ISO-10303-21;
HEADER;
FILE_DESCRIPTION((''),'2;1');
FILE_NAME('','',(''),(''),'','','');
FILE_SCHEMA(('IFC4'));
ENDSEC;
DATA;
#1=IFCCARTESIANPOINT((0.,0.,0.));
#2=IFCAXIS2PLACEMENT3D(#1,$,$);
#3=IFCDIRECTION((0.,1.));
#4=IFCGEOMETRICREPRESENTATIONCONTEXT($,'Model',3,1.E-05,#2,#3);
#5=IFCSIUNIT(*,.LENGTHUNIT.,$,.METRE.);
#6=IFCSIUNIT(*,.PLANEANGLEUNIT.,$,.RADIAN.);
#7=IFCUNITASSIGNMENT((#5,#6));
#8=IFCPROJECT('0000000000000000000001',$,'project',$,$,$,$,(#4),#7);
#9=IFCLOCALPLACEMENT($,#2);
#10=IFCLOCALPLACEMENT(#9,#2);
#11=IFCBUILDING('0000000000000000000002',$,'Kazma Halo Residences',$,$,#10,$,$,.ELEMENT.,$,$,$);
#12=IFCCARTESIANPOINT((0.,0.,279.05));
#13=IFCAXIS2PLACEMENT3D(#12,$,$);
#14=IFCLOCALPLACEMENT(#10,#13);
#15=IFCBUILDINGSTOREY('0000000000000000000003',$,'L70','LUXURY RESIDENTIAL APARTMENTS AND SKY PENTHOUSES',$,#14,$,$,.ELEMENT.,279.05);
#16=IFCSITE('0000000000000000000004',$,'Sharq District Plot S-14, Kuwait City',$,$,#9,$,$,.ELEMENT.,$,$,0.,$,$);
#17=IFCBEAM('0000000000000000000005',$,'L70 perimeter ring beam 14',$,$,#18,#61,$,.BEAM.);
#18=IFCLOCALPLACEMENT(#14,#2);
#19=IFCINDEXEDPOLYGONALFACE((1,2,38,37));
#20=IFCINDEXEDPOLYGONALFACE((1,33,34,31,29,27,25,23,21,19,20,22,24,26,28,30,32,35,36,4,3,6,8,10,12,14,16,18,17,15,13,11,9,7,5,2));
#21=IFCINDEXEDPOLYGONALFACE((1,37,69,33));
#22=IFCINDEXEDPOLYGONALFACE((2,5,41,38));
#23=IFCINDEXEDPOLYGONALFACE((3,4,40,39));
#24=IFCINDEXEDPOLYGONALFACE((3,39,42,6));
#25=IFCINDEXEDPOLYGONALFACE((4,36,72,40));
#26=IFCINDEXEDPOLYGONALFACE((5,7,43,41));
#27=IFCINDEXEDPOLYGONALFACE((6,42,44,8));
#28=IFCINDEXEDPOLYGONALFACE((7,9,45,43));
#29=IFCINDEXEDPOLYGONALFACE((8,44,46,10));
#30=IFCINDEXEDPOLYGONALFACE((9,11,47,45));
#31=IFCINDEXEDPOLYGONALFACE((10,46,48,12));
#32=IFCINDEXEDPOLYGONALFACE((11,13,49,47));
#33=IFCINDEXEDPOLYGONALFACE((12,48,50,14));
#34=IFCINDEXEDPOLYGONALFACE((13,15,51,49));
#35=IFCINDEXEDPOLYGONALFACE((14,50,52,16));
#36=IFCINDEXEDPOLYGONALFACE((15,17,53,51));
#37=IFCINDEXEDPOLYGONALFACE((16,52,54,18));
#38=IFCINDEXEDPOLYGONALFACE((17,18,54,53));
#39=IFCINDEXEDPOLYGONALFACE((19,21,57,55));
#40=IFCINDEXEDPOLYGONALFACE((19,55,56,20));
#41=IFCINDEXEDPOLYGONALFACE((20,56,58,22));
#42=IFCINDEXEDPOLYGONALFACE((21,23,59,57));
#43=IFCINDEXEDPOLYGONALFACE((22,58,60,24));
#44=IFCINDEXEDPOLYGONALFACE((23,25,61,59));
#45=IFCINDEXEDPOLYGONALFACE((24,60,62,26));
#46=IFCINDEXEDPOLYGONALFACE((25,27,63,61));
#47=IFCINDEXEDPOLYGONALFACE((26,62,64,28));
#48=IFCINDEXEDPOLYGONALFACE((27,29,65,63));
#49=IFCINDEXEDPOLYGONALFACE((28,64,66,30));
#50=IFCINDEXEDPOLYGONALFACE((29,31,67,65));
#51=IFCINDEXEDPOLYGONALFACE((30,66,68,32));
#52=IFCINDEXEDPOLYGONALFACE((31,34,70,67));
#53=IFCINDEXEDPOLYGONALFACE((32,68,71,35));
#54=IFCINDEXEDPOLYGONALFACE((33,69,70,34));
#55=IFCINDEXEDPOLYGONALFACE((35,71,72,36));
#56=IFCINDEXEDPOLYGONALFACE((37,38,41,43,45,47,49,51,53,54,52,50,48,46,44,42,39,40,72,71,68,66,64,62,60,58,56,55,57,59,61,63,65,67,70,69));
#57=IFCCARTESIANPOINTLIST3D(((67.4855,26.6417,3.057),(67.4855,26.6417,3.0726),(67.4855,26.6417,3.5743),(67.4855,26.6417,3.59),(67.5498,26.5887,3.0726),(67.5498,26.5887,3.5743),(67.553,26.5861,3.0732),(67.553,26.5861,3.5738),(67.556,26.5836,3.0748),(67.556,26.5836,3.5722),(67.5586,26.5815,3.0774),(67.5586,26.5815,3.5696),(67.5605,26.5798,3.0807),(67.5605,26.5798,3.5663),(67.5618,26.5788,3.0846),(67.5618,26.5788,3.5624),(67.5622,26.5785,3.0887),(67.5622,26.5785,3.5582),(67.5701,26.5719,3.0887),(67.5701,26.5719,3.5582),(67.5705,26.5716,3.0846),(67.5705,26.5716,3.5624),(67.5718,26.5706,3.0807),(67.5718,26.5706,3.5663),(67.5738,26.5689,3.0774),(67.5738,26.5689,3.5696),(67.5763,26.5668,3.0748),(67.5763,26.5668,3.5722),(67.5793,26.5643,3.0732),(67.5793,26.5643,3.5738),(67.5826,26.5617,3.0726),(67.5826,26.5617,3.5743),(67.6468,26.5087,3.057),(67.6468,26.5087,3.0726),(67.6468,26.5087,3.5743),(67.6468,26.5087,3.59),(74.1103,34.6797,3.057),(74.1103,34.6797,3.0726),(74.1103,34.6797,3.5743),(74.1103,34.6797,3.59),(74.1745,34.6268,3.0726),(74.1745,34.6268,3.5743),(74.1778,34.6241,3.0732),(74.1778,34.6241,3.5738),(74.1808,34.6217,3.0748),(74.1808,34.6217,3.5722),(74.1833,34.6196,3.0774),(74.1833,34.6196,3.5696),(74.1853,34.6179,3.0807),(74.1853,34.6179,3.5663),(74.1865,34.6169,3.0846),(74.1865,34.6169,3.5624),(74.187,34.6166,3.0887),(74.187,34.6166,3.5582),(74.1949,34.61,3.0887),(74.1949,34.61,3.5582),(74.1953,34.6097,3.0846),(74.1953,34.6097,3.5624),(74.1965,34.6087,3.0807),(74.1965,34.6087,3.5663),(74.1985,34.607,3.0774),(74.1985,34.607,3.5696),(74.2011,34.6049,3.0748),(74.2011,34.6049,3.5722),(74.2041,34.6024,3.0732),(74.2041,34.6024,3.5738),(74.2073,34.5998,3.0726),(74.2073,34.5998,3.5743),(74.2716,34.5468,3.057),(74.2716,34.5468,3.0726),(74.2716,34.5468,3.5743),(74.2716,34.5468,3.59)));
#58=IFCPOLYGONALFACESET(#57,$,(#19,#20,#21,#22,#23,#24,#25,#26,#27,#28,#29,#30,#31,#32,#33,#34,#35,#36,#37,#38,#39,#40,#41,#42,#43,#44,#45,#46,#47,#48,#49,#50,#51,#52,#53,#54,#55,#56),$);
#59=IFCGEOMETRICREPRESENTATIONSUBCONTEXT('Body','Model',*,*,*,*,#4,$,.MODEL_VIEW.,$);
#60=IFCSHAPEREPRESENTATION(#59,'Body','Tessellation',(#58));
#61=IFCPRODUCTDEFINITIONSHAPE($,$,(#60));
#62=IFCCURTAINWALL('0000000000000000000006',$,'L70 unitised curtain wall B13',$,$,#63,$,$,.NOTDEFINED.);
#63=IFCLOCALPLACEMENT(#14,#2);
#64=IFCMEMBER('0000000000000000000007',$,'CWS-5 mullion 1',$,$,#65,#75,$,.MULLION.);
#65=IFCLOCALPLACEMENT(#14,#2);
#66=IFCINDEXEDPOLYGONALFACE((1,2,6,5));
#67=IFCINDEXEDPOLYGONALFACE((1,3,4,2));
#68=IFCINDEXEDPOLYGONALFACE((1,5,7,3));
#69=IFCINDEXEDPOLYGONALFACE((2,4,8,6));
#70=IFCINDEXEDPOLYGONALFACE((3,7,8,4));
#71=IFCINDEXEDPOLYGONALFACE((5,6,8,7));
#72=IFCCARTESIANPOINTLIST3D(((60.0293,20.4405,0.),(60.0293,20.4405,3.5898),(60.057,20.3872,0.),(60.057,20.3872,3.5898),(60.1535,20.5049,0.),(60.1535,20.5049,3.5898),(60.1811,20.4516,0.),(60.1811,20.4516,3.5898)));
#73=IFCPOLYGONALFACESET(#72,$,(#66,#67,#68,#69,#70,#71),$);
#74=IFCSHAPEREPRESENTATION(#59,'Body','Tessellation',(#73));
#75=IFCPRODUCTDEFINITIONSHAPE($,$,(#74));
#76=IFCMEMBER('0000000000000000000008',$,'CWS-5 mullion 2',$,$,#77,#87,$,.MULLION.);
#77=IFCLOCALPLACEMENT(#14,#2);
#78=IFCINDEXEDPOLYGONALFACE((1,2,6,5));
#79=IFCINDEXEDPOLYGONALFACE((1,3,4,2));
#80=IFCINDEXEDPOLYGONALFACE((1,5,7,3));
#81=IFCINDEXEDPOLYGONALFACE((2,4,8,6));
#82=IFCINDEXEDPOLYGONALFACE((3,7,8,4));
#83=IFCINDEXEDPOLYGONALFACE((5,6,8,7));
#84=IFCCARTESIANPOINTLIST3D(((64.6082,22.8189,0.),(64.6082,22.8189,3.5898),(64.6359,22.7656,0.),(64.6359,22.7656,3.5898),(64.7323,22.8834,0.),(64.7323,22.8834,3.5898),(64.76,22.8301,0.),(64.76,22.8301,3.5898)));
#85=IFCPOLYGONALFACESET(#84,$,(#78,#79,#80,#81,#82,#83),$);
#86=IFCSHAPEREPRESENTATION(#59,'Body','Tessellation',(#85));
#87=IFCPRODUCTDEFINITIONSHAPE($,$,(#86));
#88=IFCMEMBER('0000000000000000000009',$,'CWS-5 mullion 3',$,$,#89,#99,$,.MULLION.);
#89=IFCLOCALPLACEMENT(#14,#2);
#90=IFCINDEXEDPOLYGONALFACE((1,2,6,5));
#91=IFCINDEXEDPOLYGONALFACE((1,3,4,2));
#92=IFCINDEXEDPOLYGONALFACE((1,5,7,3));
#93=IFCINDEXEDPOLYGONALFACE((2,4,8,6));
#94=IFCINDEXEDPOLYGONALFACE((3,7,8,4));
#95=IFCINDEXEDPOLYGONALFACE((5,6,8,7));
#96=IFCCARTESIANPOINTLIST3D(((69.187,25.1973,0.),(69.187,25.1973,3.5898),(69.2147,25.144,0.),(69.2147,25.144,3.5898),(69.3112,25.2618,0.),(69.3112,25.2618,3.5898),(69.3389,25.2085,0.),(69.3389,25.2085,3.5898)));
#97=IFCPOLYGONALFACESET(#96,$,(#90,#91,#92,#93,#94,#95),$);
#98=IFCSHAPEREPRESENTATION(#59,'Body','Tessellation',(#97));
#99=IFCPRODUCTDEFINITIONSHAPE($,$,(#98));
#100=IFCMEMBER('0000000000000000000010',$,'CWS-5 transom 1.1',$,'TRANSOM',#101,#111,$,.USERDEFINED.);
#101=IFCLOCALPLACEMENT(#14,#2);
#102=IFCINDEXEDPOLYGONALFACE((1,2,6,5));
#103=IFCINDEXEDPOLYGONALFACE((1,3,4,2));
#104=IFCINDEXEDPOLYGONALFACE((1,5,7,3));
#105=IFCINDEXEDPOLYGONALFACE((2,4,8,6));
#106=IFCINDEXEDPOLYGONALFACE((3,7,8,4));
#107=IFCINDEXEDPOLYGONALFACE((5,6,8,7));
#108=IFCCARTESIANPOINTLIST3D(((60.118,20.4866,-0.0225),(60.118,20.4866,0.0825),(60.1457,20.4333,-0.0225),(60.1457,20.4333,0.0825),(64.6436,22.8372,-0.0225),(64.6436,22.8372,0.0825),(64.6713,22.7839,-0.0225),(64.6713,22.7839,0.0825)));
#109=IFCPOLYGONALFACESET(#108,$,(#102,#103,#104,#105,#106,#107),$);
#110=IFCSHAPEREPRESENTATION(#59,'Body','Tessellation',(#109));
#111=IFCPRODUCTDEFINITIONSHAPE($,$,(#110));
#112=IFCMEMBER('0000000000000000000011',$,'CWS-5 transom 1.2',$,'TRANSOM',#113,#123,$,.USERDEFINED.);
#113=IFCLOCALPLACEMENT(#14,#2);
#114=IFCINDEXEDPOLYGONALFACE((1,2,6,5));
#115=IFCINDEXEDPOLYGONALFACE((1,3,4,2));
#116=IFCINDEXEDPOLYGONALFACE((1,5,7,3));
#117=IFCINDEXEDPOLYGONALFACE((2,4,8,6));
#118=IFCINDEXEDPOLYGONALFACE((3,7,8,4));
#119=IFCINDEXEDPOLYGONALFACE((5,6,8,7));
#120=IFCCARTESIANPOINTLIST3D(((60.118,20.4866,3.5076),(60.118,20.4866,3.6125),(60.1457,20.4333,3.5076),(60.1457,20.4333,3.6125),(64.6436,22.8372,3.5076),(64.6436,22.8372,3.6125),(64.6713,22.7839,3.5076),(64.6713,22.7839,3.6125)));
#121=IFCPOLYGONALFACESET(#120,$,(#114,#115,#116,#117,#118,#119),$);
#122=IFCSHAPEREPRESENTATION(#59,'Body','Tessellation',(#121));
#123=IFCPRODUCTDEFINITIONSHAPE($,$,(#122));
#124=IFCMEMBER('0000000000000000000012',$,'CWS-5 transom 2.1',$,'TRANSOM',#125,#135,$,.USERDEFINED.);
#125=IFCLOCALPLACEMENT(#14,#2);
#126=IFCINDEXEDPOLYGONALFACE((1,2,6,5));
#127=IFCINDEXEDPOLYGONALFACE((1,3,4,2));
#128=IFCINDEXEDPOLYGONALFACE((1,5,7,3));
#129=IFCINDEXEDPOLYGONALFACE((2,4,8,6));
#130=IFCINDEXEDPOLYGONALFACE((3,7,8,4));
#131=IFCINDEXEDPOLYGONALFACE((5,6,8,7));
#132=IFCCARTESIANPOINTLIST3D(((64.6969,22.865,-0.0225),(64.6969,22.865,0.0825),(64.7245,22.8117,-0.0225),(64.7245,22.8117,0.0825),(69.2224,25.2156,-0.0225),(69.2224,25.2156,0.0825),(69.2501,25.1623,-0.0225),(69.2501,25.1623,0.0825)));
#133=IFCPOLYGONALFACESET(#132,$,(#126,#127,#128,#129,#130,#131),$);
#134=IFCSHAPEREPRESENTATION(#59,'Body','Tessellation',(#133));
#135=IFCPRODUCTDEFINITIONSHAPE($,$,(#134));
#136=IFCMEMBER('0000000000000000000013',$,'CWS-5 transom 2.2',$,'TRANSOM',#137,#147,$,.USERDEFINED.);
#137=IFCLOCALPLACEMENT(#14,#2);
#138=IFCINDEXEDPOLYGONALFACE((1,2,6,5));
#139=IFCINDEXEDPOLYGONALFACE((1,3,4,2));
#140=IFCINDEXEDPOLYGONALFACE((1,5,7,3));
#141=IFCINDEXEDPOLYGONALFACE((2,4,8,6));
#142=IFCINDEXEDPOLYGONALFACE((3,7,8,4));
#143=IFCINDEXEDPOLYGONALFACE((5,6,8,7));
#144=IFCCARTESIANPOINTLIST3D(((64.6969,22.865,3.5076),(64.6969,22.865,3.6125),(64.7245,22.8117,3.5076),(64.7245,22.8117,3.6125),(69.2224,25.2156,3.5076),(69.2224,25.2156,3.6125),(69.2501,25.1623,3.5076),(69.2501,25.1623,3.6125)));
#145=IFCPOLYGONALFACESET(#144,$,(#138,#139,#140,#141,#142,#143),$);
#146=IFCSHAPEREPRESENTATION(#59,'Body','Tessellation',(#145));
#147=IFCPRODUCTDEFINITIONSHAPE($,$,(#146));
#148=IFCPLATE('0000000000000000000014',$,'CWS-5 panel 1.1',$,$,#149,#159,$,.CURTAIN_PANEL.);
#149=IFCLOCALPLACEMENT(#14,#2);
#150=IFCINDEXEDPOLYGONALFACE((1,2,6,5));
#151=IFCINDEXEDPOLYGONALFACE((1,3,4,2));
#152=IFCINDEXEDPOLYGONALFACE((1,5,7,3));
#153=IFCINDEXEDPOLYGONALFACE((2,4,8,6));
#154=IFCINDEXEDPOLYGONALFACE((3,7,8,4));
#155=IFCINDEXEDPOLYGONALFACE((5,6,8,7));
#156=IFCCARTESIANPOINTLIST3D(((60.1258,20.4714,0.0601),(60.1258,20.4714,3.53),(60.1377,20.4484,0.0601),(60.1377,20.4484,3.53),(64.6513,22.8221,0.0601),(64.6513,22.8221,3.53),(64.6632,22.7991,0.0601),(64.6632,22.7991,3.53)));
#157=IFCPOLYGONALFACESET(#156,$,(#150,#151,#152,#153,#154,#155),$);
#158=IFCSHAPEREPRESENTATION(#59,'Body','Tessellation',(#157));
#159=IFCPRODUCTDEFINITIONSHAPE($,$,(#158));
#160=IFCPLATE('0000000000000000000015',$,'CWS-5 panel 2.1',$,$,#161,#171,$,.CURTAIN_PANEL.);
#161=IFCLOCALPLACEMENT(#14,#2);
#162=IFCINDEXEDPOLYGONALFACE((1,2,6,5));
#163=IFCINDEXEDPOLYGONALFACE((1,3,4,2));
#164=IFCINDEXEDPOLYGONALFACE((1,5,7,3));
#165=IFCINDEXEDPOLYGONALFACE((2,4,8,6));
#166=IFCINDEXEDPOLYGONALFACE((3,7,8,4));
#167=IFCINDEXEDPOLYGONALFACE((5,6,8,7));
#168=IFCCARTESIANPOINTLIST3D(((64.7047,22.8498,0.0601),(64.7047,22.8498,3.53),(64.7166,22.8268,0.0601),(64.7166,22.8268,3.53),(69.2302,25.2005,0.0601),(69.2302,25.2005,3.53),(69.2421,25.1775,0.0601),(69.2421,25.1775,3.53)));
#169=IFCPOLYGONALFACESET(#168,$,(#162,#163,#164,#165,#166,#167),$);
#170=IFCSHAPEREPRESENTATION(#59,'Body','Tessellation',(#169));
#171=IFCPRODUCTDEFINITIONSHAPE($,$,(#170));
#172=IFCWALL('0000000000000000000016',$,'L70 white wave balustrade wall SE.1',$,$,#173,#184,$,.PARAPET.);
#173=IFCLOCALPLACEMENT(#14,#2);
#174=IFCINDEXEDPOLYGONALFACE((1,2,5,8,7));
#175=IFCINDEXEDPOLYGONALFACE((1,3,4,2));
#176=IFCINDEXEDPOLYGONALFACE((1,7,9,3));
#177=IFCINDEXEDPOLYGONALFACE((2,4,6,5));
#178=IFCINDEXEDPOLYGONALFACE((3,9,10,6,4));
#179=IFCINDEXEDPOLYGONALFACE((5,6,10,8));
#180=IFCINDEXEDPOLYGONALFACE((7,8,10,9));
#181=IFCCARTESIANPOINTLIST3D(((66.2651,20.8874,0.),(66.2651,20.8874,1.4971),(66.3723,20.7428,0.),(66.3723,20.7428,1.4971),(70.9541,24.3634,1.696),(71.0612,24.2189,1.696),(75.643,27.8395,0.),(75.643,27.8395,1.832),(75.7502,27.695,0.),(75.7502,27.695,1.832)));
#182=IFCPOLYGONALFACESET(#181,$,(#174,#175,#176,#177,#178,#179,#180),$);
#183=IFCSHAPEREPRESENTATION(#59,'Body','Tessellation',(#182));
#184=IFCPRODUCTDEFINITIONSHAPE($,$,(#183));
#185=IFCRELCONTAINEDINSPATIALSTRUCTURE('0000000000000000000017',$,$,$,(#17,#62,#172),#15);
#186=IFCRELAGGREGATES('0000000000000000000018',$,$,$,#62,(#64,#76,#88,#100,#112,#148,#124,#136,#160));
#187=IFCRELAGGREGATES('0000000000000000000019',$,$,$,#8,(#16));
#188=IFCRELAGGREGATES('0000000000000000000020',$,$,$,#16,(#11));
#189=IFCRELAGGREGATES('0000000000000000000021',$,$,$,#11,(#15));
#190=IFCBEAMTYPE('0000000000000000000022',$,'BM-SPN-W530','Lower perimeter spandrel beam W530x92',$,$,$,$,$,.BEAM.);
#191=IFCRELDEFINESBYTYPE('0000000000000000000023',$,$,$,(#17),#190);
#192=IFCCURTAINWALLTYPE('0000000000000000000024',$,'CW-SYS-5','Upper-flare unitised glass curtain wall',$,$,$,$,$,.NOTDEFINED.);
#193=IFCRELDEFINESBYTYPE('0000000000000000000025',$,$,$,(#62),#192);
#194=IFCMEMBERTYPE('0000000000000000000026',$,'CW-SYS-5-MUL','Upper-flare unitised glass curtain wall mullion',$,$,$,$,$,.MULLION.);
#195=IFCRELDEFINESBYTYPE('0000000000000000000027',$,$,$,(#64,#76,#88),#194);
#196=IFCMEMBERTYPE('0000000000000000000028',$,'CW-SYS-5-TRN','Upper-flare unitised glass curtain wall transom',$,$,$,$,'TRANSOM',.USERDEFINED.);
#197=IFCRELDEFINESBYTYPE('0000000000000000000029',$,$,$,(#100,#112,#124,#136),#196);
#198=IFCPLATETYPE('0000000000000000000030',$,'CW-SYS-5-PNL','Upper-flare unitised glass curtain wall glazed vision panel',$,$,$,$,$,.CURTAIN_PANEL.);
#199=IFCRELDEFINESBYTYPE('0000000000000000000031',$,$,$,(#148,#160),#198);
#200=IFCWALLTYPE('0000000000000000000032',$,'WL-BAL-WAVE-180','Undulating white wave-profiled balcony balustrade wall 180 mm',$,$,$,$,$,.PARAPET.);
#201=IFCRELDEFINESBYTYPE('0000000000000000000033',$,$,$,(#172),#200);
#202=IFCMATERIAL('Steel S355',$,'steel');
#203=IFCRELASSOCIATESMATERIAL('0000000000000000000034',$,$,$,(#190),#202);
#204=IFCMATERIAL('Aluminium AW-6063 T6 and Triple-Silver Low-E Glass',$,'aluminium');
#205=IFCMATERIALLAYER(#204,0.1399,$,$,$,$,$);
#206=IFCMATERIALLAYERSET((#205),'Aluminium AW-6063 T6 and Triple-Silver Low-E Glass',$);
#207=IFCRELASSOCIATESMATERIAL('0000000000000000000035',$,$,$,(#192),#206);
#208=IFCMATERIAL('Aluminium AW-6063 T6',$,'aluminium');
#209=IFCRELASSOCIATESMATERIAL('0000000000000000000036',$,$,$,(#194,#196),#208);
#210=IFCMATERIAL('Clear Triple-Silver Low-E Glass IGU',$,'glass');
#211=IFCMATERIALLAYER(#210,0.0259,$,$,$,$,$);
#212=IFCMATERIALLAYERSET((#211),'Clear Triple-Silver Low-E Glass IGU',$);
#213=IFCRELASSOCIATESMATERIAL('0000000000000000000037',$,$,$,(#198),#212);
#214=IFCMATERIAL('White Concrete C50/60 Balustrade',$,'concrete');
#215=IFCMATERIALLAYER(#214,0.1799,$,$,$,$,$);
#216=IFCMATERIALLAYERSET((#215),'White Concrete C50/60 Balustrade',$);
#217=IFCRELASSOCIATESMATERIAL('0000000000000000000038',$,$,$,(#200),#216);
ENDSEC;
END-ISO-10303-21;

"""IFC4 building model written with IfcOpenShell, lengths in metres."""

from ifc_helpers import new_model, si_unit, direction, frame, origin, origin_2d, place, context, subcontext, project, spatial, polyline, rectangle, i_section, outline, extrude, material, layer, layer_set, material_profile, profile_set, type_object, element, aggregate, save


model = new_model("IFC4")

# Units and contexts
model_context = context("Model", 3, precision=1e-05, world=origin(), true_north=direction((0.0, 1.0)))
body_context = subcontext(model_context, "Body", "Model", "MODEL_VIEW")
ifc_project = project(units=[si_unit("LENGTHUNIT", "METRE"), si_unit("PLANEANGLEUNIT", "RADIAN")], contexts=[model_context])

# Site, building, storey
site_placement = place(None, origin())
site = spatial("IfcSite", under=ifc_project, at=site_placement, Name="Sharq District Plot S-14, Kuwait City", CompositionType="ELEMENT", RefElevation=0.0)
building_placement = place(site_placement, origin())
building = spatial("IfcBuilding", under=site, at=building_placement, Name="Kazma Halo Residences", CompositionType="ELEMENT")
storey_placement = place(building_placement, frame((0.0, 0.0, 279.05)))
storey = spatial("IfcBuildingStorey", under=building, at=storey_placement, Name="L70", Description="LUXURY RESIDENTIAL APARTMENTS AND SKY PENTHOUSES", CompositionType="ELEMENT", Elevation=279.05)

# Beam
ifc_material_1 = material(Name="Steel S355", Category="steel")
ifc_material_profile_1 = material_profile(ifc_material_1, i_section(OverallWidth=0.209, OverallDepth=0.533, WebThickness=0.0103, FlangeThickness=0.0156, FilletRadius=0.0161, at=origin_2d()), Name="W530x92")
ifc_profile_set_1 = profile_set([ifc_material_profile_1], Name="Steel S355")
beam_type_1 = type_object("IfcBeamType", Name="BM-SPN-W530", Description="Lower perimeter spandrel beam W530x92", PredefinedType="BEAM", material=ifc_profile_set_1)
beam_1_placement = place(storey_placement, frame((67.5662, 26.5752, 3.3235), z_axis=(0.636002, 0.771687, 0.0), x_axis=(-0.771687, 0.636002, 0.0)))
element("IfcBeam", 1, at=beam_1_placement, inside=storey, type_object=beam_type_1, Name="L70 perimeter ring beam 14", PredefinedType="BEAM", context=body_context, shape_type="SweptSolid", body=[
    extrude(i_section(OverallWidth=0.209, OverallDepth=0.533, WebThickness=0.0103, FlangeThickness=0.0156, FilletRadius=0.0161, at=origin_2d()), origin(), (0.0, 0.0, 1.0), 10.4163),
])

# Curtain wall, members, plates
ifc_material_2 = material(Name="Aluminium AW-6063 T6 and Triple-Silver Low-E Glass", Category="aluminium")
ifc_layer_1 = layer(ifc_material_2, 0.1399)
ifc_layer_set_1 = layer_set([ifc_layer_1], Name="Aluminium AW-6063 T6 and Triple-Silver Low-E Glass")
curtain_wall_type = type_object("IfcCurtainWallType", Name="CW-SYS-5", Description="Upper-flare unitised glass curtain wall", PredefinedType="NOTDEFINED", material=ifc_layer_set_1)
curtain_wall_placement = place(storey_placement, origin())
curtain_wall = element("IfcCurtainWall", 2, at=curtain_wall_placement, inside=storey, type_object=curtain_wall_type, Name="L70 unitised curtain wall B13", PredefinedType="NOTDEFINED")
ifc_material_3 = material(Name="Aluminium AW-6063 T6", Category="aluminium")
ifc_material_profile_2 = material_profile(ifc_material_3, rectangle(XDim=0.0601, YDim=0.1399, at=origin_2d()), Name="CWM-60x140")
ifc_profile_set_2 = profile_set([ifc_material_profile_2], Name="Aluminium AW-6063 T6")
member_type_1 = type_object("IfcMemberType", Name="CW-SYS-5-MUL", Description="Upper-flare unitised glass curtain wall mullion", PredefinedType="MULLION", material=ifc_profile_set_2)
member_1_placement = place(storey_placement, frame((60.1052, 20.446, 0.0), z_axis=(0.0, 0.0, 1.0), x_axis=(-0.460961, 0.887421, 0.0)))
member_1 = element("IfcMember", 3, at=member_1_placement, type_object=member_type_1, Name="CWS-5 mullion 1", PredefinedType="MULLION", context=body_context, shape_type="SweptSolid", body=[
    extrude(rectangle(XDim=0.0601, YDim=0.1399, at=origin_2d()), origin(), (0.0, 0.0, 1.0), 3.5898),
])
member_2_placement = place(storey_placement, frame((64.6841, 22.8245, 0.0), z_axis=(0.0, 0.0, 1.0), x_axis=(-0.460961, 0.887421, 0.0)))
member_2 = element("IfcMember", 4, at=member_2_placement, type_object=member_type_1, Name="CWS-5 mullion 2", PredefinedType="MULLION", context=body_context, shape_type="SweptSolid", body=[
    extrude(rectangle(XDim=0.0601, YDim=0.1399, at=origin_2d()), origin(), (0.0, 0.0, 1.0), 3.5898),
])
member_3_placement = place(storey_placement, frame((69.2629, 25.2029, 0.0), z_axis=(0.0, 0.0, 1.0), x_axis=(-0.460961, 0.887421, 0.0)))
member_3 = element("IfcMember", 5, at=member_3_placement, type_object=member_type_1, Name="CWS-5 mullion 3", PredefinedType="MULLION", context=body_context, shape_type="SweptSolid", body=[
    extrude(rectangle(XDim=0.0601, YDim=0.1399, at=origin_2d()), origin(), (0.0, 0.0, 1.0), 3.5898),
])
ifc_material_profile_3 = material_profile(ifc_material_3, rectangle(XDim=0.0601, YDim=0.105, at=origin_2d()), Name="CWT-60x105")
ifc_profile_set_3 = profile_set([ifc_material_profile_3], Name="Aluminium AW-6063 T6")
member_type_2 = type_object("IfcMemberType", Name="CW-SYS-5-TRN", Description="Upper-flare unitised glass curtain wall transom", ElementType="TRANSOM", PredefinedType="USERDEFINED", material=ifc_profile_set_3)
member_4_placement = place(storey_placement, frame((60.1318, 20.46, 0.03), z_axis=(0.887437, 0.460929, 0.0), x_axis=(-0.460929, 0.887437, 0.0)))
member_4 = element("IfcMember", 6, at=member_4_placement, type_object=member_type_2, Name="CWS-5 transom 1.1", ObjectType="TRANSOM", PredefinedType="USERDEFINED", context=body_context, shape_type="SweptSolid", body=[
    extrude(rectangle(XDim=0.0601, YDim=0.105, at=origin_2d()), origin(), (0.0, 0.0, 1.0), 5.0996),
])
member_5_placement = place(storey_placement, frame((60.1318, 20.46, 3.5601), z_axis=(0.887437, 0.460929, 0.0), x_axis=(-0.460929, 0.887437, 0.0)))
member_5 = element("IfcMember", 7, at=member_5_placement, type_object=member_type_2, Name="CWS-5 transom 1.2", ObjectType="TRANSOM", PredefinedType="USERDEFINED", context=body_context, shape_type="SweptSolid", body=[
    extrude(rectangle(XDim=0.0601, YDim=0.105, at=origin_2d()), origin(), (0.0, 0.0, 1.0), 5.0996),
])
member_6_placement = place(storey_placement, frame((64.7107, 22.8384, 0.03), z_axis=(0.887437, 0.460929, 0.0), x_axis=(-0.460929, 0.887437, 0.0)))
member_6 = element("IfcMember", 8, at=member_6_placement, type_object=member_type_2, Name="CWS-5 transom 2.1", ObjectType="TRANSOM", PredefinedType="USERDEFINED", context=body_context, shape_type="SweptSolid", body=[
    extrude(rectangle(XDim=0.0601, YDim=0.105, at=origin_2d()), origin(), (0.0, 0.0, 1.0), 5.0996),
])
member_7_placement = place(storey_placement, frame((64.7107, 22.8384, 3.5601), z_axis=(0.887437, 0.460929, 0.0), x_axis=(-0.460929, 0.887437, 0.0)))
member_7 = element("IfcMember", 9, at=member_7_placement, type_object=member_type_2, Name="CWS-5 transom 2.2", ObjectType="TRANSOM", PredefinedType="USERDEFINED", context=body_context, shape_type="SweptSolid", body=[
    extrude(rectangle(XDim=0.0601, YDim=0.105, at=origin_2d()), origin(), (0.0, 0.0, 1.0), 5.0996),
])
ifc_material_4 = material(Name="Clear Triple-Silver Low-E Glass IGU", Category="glass")
ifc_layer_2 = layer(ifc_material_4, 0.0259)
ifc_layer_set_2 = layer_set([ifc_layer_2], Name="Clear Triple-Silver Low-E Glass IGU")
plate_type = type_object("IfcPlateType", Name="CW-SYS-5-PNL", Description="Upper-flare unitised glass curtain wall glazed vision panel", PredefinedType="CURTAIN_PANEL", material=ifc_layer_set_2)
plate_1_placement = place(storey_placement, frame((62.3945, 21.6353, 0.0601), z_axis=(0.0, 0.0, 1.0), x_axis=(0.887421, 0.460961, 0.0)))
plate_1 = element("IfcPlate", 10, at=plate_1_placement, type_object=plate_type, Name="CWS-5 panel 1.1", PredefinedType="CURTAIN_PANEL", context=body_context, shape_type="SweptSolid", body=[
    extrude(rectangle(XDim=5.0996, YDim=0.0259, at=origin_2d()), origin(), (0.0, 0.0, 1.0), 3.47),
])
plate_2_placement = place(storey_placement, frame((66.9734, 24.0137, 0.0601), z_axis=(0.0, 0.0, 1.0), x_axis=(0.887421, 0.460961, 0.0)))
plate_2 = element("IfcPlate", 11, at=plate_2_placement, type_object=plate_type, Name="CWS-5 panel 2.1", PredefinedType="CURTAIN_PANEL", context=body_context, shape_type="SweptSolid", body=[
    extrude(rectangle(XDim=5.0996, YDim=0.0259, at=origin_2d()), origin(), (0.0, 0.0, 1.0), 3.47),
])
aggregate(curtain_wall, [member_1, member_2, member_3, member_4, member_5, plate_1, member_6, member_7, plate_2])

# Wall
ifc_material_5 = material(Name="White Concrete C50/60 Balustrade", Category="concrete")
ifc_layer_3 = layer(ifc_material_5, 0.1799)
ifc_layer_set_3 = layer_set([ifc_layer_3], Name="White Concrete C50/60 Balustrade")
wall_type_1 = type_object("IfcWallType", Name="WL-BAL-WAVE-180", Description="Undulating white wave-profiled balcony balustrade wall 180 mm", PredefinedType="PARAPET", material=ifc_layer_set_3)
wall_1_placement = place(storey_placement, frame((66.3186, 20.8152, 0.0), z_axis=(0.0, 0.0, 1.0), x_axis=(0.80333, 0.595534, 0.0)))
element("IfcWall", 12, at=wall_1_placement, inside=storey, type_object=wall_type_1, Name="L70 white wave balustrade wall SE.1", PredefinedType="PARAPET", context=body_context, shape_type="SweptSolid", body=[
    extrude(outline(polyline([(0.0, 0.0), (11.6738, 0.0), (11.6738, 1.832), (5.8369, 1.696), (0.0, 1.4971), (0.0, 0.0)])), frame((0.0, 0.0898, 0.0), z_axis=(0.0, -1.0, 0.0), x_axis=(1.0, 0.0, 0.0)), (0.0, 0.0, 1.0), 0.1799),
])

save(model, "model.ifc")
